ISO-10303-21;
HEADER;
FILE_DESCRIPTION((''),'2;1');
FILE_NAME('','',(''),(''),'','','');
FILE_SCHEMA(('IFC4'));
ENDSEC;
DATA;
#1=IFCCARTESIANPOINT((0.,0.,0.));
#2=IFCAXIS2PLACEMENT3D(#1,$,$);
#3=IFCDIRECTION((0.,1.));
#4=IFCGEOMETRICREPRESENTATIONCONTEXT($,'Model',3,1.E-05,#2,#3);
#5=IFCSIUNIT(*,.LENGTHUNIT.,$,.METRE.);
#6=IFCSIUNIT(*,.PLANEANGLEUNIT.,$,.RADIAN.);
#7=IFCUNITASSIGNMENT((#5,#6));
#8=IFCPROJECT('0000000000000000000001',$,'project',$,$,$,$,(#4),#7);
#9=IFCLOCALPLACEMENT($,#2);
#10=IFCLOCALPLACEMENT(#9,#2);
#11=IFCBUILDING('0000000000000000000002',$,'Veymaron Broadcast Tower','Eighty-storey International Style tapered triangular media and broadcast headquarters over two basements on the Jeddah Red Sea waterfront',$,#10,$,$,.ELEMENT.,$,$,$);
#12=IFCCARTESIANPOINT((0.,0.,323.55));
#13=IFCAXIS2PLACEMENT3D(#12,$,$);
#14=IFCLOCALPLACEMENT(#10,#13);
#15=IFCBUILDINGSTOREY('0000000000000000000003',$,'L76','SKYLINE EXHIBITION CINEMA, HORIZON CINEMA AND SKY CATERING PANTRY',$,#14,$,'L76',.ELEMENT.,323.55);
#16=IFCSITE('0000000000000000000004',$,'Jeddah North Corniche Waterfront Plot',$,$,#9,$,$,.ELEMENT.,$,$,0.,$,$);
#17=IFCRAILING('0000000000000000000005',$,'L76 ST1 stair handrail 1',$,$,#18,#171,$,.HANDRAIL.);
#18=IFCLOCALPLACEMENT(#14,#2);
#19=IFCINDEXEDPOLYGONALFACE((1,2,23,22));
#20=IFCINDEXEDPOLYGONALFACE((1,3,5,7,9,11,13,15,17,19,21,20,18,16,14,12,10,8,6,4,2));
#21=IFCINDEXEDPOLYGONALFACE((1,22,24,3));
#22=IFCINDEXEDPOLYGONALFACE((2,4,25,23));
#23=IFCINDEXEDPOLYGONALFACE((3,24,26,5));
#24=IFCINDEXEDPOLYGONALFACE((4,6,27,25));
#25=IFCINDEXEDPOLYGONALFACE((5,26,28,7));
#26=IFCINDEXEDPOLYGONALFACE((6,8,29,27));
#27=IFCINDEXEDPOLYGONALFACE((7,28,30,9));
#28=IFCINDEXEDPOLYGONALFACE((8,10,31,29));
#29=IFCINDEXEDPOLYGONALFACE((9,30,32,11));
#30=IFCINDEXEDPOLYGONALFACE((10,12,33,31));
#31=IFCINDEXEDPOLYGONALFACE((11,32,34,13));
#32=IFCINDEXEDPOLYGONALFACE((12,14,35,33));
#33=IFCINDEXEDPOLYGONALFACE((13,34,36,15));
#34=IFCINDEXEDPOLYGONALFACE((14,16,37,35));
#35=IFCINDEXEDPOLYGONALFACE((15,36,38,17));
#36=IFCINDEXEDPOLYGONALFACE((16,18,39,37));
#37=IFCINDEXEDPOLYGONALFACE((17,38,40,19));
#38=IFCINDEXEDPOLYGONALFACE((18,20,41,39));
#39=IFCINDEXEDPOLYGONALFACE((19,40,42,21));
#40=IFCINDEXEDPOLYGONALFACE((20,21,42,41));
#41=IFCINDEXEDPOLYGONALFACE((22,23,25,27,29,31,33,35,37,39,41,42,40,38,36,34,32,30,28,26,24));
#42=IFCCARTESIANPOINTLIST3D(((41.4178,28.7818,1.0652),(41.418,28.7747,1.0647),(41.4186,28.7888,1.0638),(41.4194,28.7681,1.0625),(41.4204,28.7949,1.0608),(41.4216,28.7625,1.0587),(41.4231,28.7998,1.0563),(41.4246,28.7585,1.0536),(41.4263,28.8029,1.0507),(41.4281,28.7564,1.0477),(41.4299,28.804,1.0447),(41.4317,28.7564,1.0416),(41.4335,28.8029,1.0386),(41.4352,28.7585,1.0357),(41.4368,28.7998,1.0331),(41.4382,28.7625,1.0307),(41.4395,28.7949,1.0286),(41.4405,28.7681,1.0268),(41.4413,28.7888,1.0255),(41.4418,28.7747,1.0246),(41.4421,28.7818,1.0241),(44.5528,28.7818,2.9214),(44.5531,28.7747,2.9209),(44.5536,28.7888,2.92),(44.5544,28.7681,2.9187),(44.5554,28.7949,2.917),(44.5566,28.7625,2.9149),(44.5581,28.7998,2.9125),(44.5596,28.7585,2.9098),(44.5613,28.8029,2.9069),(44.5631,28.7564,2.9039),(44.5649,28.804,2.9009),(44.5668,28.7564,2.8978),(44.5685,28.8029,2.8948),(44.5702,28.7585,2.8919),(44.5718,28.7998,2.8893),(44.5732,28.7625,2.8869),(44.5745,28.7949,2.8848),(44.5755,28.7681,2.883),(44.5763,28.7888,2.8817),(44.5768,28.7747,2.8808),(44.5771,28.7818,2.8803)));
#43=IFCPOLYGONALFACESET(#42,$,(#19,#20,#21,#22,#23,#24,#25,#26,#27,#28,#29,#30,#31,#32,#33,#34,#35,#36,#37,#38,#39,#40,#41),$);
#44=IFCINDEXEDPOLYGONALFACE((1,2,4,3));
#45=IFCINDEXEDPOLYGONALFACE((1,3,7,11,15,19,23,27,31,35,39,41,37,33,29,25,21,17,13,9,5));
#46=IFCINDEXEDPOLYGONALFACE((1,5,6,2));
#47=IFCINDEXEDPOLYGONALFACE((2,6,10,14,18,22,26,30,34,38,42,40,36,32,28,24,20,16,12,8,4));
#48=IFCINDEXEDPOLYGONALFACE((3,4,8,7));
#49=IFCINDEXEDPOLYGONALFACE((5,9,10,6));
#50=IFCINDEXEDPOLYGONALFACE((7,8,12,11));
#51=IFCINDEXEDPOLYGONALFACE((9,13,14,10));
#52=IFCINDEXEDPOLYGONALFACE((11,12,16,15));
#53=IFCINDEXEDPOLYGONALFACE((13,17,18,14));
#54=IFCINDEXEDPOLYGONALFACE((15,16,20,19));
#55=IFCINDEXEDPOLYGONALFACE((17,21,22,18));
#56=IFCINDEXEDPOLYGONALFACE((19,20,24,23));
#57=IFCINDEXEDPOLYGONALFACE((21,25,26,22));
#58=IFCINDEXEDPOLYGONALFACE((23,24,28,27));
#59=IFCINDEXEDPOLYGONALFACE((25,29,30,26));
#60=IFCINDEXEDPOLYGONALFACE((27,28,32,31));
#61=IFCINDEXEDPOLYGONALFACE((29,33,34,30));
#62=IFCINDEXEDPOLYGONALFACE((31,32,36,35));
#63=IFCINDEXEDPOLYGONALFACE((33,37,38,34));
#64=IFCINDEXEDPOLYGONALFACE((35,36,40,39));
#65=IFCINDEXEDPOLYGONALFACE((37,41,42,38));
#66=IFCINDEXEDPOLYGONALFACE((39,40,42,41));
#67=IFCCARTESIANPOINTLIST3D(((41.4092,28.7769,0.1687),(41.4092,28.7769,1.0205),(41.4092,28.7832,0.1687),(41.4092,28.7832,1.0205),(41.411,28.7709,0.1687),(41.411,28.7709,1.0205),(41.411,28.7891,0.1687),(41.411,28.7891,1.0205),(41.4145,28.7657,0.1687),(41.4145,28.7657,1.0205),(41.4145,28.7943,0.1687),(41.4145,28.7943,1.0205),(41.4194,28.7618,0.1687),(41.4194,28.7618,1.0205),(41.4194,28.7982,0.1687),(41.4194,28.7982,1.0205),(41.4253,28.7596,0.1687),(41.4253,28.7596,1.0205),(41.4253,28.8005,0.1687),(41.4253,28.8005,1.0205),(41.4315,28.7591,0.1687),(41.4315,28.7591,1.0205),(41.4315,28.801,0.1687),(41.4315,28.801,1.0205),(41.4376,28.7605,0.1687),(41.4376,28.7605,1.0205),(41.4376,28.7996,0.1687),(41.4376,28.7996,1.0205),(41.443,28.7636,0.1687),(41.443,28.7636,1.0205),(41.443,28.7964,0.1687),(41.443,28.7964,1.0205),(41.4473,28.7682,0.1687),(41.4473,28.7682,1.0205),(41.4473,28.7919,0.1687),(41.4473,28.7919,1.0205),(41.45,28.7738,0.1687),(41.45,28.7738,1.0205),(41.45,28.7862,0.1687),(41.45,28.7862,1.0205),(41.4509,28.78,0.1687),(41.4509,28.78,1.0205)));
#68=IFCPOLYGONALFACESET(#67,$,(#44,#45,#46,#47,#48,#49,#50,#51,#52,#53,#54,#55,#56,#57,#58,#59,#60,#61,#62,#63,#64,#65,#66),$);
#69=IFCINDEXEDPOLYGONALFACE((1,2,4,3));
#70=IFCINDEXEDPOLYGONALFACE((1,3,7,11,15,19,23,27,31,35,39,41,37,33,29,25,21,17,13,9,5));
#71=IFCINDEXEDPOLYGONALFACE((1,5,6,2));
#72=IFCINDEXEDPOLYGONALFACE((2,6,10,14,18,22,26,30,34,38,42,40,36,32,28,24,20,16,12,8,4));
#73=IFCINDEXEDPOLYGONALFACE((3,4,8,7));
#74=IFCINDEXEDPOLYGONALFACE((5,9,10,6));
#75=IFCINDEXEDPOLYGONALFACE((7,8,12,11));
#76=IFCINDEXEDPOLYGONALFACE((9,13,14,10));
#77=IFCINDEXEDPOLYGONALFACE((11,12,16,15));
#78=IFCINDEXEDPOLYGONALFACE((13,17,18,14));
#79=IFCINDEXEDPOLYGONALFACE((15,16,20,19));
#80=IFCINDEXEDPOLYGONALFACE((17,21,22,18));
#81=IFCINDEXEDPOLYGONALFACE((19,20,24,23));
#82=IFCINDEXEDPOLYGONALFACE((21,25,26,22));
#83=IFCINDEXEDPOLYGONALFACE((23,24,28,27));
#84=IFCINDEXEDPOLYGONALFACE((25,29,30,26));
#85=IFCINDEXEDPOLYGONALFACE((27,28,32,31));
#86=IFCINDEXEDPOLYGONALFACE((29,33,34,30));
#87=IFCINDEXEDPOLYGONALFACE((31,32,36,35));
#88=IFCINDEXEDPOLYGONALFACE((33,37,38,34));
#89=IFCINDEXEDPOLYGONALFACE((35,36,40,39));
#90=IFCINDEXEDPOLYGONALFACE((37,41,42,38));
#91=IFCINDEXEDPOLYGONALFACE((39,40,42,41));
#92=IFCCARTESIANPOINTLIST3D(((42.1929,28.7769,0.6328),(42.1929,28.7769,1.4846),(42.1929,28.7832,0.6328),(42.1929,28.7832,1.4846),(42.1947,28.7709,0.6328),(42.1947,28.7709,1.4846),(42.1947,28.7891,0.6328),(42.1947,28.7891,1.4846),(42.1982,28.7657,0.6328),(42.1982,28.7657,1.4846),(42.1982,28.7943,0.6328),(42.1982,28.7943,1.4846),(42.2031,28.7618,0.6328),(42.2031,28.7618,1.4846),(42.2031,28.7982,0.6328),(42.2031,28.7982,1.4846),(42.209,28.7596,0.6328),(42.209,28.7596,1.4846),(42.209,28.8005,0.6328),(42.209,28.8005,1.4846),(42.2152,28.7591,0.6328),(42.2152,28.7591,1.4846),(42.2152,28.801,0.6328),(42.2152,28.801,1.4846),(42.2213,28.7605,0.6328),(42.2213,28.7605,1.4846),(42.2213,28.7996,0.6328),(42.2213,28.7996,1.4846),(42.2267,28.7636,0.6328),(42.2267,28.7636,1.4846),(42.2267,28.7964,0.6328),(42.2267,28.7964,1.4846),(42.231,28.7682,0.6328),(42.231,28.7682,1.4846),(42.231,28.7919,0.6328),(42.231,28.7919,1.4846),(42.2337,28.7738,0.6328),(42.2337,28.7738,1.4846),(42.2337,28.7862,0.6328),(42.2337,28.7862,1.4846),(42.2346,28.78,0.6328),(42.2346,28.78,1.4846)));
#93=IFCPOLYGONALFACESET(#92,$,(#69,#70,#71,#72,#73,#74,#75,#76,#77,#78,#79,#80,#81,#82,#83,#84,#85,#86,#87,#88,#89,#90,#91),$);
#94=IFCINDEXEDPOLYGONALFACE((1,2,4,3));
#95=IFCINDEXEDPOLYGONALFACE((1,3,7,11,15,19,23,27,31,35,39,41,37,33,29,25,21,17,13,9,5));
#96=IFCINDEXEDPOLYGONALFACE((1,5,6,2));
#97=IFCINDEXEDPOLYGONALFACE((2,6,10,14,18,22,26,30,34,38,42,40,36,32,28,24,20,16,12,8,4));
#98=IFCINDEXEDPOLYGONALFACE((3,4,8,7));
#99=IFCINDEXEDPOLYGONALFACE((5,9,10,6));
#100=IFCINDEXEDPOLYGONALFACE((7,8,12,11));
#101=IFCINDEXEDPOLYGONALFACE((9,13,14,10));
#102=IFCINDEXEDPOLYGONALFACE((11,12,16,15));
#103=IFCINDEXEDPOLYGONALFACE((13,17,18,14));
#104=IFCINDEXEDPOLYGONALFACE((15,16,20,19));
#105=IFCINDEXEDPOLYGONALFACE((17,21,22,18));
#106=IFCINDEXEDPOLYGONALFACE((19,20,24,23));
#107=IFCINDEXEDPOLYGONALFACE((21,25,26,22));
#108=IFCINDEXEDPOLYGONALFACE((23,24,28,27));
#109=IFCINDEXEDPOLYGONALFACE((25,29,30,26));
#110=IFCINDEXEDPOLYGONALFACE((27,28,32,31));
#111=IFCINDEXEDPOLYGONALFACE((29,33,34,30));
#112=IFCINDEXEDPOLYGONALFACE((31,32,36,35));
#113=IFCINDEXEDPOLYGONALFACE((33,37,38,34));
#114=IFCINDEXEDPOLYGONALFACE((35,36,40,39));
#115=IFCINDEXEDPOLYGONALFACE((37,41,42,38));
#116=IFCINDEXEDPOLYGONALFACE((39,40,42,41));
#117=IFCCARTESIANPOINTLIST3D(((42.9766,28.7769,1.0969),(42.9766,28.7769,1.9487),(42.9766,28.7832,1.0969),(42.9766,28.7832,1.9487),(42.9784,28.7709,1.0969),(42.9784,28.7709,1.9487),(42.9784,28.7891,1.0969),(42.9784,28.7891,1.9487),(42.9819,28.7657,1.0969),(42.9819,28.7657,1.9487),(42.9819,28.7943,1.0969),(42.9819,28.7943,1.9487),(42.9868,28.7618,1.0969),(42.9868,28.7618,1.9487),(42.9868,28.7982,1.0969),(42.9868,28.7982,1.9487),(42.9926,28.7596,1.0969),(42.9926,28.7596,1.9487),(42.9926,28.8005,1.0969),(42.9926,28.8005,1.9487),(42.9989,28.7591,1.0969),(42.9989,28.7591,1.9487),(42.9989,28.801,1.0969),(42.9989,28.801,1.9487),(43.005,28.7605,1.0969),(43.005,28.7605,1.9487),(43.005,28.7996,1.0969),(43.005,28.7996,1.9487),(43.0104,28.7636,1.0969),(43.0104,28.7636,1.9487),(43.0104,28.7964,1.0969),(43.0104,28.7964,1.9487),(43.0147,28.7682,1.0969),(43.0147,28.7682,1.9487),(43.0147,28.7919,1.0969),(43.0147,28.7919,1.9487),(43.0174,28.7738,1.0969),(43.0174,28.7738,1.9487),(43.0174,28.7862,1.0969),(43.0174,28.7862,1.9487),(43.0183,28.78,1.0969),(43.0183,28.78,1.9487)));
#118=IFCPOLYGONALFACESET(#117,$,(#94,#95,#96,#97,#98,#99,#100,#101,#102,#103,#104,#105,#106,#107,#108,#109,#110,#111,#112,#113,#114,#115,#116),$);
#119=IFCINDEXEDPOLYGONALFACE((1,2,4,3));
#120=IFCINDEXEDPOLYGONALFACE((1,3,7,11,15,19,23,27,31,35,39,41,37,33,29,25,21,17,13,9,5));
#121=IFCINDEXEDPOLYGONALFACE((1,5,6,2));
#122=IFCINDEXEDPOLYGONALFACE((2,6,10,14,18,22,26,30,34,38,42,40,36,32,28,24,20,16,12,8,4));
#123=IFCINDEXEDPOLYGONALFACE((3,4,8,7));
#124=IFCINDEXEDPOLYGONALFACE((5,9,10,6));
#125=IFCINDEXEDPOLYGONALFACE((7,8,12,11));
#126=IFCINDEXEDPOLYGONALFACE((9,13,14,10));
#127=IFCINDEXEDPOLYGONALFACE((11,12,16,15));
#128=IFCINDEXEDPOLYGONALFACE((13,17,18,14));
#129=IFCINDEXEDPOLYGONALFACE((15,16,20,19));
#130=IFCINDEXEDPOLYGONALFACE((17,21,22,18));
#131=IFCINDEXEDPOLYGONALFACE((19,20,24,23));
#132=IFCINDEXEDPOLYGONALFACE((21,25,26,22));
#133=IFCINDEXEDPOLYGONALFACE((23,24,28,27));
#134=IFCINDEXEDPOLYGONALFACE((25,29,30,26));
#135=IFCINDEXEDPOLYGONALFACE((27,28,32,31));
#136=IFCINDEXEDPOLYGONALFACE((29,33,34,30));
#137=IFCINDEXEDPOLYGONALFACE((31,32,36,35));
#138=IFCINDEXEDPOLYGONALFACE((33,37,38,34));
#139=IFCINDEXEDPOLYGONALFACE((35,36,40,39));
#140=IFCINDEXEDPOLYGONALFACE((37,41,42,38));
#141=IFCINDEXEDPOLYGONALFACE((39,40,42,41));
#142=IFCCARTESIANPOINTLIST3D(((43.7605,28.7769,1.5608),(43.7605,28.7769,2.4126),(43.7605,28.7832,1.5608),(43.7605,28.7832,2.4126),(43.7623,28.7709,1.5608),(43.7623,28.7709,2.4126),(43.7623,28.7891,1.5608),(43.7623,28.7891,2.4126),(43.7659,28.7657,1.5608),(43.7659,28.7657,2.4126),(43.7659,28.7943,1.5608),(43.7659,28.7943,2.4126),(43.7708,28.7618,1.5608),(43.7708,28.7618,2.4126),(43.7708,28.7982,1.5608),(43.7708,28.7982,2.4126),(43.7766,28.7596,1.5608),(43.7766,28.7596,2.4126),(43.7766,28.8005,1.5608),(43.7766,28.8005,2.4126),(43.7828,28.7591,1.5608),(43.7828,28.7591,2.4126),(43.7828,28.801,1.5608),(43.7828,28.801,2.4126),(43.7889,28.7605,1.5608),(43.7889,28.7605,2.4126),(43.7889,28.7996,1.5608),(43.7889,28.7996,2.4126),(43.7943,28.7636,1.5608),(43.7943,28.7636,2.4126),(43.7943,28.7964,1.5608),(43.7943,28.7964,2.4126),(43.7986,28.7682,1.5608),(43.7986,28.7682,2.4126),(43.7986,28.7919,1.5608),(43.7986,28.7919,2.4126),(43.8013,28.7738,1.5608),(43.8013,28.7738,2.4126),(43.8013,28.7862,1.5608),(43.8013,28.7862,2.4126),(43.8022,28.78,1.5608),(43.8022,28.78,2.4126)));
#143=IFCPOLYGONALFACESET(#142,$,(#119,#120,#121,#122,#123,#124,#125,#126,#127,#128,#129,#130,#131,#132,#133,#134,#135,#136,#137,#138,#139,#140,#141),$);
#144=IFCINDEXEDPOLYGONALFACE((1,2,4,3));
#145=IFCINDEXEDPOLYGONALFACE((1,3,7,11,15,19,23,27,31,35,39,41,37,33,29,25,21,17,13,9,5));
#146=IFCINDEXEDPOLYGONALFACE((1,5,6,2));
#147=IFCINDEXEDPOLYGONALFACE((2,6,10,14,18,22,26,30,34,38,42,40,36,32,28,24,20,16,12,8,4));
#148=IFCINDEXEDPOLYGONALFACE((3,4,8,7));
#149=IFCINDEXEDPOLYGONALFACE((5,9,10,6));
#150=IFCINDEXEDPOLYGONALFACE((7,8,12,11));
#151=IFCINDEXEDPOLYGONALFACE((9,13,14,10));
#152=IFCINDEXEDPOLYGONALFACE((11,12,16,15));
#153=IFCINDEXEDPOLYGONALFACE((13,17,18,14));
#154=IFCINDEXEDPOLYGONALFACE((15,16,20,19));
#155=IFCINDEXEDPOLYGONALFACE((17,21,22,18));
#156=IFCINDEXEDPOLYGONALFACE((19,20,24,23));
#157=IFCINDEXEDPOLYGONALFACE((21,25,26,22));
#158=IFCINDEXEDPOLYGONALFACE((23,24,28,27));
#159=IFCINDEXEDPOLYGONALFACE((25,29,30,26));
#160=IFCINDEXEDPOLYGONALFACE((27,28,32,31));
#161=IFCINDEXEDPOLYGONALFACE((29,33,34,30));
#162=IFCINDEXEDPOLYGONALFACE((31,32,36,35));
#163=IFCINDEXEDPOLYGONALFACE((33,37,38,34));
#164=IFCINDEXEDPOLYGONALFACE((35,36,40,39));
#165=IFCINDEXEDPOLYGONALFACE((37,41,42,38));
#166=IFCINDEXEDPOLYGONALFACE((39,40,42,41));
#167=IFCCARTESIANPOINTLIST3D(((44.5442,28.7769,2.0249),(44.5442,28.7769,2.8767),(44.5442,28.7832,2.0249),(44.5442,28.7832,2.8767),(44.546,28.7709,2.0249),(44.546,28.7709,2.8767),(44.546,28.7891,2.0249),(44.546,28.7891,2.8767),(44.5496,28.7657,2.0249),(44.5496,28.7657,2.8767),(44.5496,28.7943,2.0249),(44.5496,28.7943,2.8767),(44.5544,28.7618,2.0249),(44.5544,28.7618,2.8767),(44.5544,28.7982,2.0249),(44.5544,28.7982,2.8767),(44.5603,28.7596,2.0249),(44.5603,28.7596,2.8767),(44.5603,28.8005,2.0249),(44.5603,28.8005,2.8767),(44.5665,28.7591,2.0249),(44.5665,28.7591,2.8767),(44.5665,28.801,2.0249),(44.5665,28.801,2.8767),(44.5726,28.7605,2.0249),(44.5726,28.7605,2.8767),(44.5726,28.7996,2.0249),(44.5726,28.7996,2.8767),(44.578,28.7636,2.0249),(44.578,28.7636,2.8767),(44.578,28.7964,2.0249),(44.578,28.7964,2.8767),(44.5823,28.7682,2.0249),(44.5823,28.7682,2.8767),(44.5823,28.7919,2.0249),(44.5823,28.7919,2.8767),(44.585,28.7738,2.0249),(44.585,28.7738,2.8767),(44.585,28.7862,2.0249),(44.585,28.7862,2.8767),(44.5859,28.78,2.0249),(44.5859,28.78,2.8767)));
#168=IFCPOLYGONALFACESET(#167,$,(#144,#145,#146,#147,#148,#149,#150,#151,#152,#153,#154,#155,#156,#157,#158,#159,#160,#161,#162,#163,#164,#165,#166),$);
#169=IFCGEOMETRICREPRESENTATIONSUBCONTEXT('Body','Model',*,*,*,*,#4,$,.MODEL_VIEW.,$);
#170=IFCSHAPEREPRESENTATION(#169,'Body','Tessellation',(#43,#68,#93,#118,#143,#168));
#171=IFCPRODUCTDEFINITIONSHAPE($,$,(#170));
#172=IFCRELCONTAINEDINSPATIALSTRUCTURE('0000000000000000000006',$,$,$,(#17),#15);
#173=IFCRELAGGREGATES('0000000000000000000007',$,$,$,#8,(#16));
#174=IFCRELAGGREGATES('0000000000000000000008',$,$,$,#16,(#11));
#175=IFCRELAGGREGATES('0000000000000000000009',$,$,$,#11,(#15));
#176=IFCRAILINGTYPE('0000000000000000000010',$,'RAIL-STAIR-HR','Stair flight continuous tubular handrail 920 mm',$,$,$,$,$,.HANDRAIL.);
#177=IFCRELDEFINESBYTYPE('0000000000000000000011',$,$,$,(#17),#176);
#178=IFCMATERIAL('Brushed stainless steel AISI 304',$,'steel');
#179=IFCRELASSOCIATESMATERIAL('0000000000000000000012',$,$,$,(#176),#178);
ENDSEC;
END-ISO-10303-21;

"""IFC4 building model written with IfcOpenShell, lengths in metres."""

from ifc_helpers import new_model, si_unit, direction, frame, origin, origin_2d, place, context, subcontext, project, spatial, circle, extrude, material, type_object, element, save


model = new_model("IFC4")

# Units and contexts
model_context = context("Model", 3, precision=1e-05, world=origin(), true_north=direction((0.0, 1.0)))
body_context = subcontext(model_context, "Body", "Model", "MODEL_VIEW")
ifc_project = project(units=[si_unit("LENGTHUNIT", "METRE"), si_unit("PLANEANGLEUNIT", "RADIAN")], contexts=[model_context])

# Site, building, storey
site_placement = place(None, origin())
site = spatial("IfcSite", under=ifc_project, at=site_placement, Name="Jeddah North Corniche Waterfront Plot", CompositionType="ELEMENT", RefElevation=0.0)
building_placement = place(site_placement, origin())
building = spatial("IfcBuilding", under=site, at=building_placement, Name="Veymaron Broadcast Tower", Description="Eighty-storey International Style tapered triangular media and broadcast headquarters over two basements on the Jeddah Red Sea waterfront", CompositionType="ELEMENT")
storey_placement = place(building_placement, frame((0.0, 0.0, 323.55)))
storey = spatial("IfcBuildingStorey", under=building, at=storey_placement, Name="L76", Description="SKYLINE EXHIBITION CINEMA, HORIZON CINEMA AND SKY CATERING PANTRY", LongName="L76", CompositionType="ELEMENT", Elevation=323.55)

# Railing
ifc_material_1 = material(Name="Brushed stainless steel AISI 304", Category="steel")
railing_type_1 = type_object("IfcRailingType", Name="RAIL-STAIR-HR", Description="Stair flight continuous tubular handrail 920 mm", PredefinedType="HANDRAIL", material=ifc_material_1)
railing_1_placement = place(storey_placement, frame((41.4299, 28.78, 0.1687)))
element("IfcRailing", 1, at=railing_1_placement, inside=storey, type_object=railing_type_1, Name="L76 ST1 stair handrail 1", PredefinedType="HANDRAIL", context=body_context, shape_type="SweptSolid", body=[
    extrude(circle(Radius=0.0239, at=origin_2d()), frame((0.0, 0.0, 0.876), z_axis=(0.860482, 0.0, 0.509481), x_axis=(0.0, 1.0, 0.0)), (0.0, 0.0, 1.0), 3.6433),
    extrude(circle(Radius=0.021, at=origin_2d()), origin(), (0.0, 0.0, 1.0), 0.8518),
    extrude(circle(Radius=0.021, at=origin_2d()), frame((0.7837, 0.0, 0.4641)), (0.0, 0.0, 1.0), 0.8518),
    extrude(circle(Radius=0.021, at=origin_2d()), frame((1.5674, 0.0, 0.9282)), (0.0, 0.0, 1.0), 0.8518),
    extrude(circle(Radius=0.021, at=origin_2d()), frame((2.3513, 0.0, 1.3921)), (0.0, 0.0, 1.0), 0.8518),
    extrude(circle(Radius=0.021, at=origin_2d()), frame((3.135, 0.0, 1.8562)), (0.0, 0.0, 1.0), 0.8518),
])

save(model, "model.ifc")
